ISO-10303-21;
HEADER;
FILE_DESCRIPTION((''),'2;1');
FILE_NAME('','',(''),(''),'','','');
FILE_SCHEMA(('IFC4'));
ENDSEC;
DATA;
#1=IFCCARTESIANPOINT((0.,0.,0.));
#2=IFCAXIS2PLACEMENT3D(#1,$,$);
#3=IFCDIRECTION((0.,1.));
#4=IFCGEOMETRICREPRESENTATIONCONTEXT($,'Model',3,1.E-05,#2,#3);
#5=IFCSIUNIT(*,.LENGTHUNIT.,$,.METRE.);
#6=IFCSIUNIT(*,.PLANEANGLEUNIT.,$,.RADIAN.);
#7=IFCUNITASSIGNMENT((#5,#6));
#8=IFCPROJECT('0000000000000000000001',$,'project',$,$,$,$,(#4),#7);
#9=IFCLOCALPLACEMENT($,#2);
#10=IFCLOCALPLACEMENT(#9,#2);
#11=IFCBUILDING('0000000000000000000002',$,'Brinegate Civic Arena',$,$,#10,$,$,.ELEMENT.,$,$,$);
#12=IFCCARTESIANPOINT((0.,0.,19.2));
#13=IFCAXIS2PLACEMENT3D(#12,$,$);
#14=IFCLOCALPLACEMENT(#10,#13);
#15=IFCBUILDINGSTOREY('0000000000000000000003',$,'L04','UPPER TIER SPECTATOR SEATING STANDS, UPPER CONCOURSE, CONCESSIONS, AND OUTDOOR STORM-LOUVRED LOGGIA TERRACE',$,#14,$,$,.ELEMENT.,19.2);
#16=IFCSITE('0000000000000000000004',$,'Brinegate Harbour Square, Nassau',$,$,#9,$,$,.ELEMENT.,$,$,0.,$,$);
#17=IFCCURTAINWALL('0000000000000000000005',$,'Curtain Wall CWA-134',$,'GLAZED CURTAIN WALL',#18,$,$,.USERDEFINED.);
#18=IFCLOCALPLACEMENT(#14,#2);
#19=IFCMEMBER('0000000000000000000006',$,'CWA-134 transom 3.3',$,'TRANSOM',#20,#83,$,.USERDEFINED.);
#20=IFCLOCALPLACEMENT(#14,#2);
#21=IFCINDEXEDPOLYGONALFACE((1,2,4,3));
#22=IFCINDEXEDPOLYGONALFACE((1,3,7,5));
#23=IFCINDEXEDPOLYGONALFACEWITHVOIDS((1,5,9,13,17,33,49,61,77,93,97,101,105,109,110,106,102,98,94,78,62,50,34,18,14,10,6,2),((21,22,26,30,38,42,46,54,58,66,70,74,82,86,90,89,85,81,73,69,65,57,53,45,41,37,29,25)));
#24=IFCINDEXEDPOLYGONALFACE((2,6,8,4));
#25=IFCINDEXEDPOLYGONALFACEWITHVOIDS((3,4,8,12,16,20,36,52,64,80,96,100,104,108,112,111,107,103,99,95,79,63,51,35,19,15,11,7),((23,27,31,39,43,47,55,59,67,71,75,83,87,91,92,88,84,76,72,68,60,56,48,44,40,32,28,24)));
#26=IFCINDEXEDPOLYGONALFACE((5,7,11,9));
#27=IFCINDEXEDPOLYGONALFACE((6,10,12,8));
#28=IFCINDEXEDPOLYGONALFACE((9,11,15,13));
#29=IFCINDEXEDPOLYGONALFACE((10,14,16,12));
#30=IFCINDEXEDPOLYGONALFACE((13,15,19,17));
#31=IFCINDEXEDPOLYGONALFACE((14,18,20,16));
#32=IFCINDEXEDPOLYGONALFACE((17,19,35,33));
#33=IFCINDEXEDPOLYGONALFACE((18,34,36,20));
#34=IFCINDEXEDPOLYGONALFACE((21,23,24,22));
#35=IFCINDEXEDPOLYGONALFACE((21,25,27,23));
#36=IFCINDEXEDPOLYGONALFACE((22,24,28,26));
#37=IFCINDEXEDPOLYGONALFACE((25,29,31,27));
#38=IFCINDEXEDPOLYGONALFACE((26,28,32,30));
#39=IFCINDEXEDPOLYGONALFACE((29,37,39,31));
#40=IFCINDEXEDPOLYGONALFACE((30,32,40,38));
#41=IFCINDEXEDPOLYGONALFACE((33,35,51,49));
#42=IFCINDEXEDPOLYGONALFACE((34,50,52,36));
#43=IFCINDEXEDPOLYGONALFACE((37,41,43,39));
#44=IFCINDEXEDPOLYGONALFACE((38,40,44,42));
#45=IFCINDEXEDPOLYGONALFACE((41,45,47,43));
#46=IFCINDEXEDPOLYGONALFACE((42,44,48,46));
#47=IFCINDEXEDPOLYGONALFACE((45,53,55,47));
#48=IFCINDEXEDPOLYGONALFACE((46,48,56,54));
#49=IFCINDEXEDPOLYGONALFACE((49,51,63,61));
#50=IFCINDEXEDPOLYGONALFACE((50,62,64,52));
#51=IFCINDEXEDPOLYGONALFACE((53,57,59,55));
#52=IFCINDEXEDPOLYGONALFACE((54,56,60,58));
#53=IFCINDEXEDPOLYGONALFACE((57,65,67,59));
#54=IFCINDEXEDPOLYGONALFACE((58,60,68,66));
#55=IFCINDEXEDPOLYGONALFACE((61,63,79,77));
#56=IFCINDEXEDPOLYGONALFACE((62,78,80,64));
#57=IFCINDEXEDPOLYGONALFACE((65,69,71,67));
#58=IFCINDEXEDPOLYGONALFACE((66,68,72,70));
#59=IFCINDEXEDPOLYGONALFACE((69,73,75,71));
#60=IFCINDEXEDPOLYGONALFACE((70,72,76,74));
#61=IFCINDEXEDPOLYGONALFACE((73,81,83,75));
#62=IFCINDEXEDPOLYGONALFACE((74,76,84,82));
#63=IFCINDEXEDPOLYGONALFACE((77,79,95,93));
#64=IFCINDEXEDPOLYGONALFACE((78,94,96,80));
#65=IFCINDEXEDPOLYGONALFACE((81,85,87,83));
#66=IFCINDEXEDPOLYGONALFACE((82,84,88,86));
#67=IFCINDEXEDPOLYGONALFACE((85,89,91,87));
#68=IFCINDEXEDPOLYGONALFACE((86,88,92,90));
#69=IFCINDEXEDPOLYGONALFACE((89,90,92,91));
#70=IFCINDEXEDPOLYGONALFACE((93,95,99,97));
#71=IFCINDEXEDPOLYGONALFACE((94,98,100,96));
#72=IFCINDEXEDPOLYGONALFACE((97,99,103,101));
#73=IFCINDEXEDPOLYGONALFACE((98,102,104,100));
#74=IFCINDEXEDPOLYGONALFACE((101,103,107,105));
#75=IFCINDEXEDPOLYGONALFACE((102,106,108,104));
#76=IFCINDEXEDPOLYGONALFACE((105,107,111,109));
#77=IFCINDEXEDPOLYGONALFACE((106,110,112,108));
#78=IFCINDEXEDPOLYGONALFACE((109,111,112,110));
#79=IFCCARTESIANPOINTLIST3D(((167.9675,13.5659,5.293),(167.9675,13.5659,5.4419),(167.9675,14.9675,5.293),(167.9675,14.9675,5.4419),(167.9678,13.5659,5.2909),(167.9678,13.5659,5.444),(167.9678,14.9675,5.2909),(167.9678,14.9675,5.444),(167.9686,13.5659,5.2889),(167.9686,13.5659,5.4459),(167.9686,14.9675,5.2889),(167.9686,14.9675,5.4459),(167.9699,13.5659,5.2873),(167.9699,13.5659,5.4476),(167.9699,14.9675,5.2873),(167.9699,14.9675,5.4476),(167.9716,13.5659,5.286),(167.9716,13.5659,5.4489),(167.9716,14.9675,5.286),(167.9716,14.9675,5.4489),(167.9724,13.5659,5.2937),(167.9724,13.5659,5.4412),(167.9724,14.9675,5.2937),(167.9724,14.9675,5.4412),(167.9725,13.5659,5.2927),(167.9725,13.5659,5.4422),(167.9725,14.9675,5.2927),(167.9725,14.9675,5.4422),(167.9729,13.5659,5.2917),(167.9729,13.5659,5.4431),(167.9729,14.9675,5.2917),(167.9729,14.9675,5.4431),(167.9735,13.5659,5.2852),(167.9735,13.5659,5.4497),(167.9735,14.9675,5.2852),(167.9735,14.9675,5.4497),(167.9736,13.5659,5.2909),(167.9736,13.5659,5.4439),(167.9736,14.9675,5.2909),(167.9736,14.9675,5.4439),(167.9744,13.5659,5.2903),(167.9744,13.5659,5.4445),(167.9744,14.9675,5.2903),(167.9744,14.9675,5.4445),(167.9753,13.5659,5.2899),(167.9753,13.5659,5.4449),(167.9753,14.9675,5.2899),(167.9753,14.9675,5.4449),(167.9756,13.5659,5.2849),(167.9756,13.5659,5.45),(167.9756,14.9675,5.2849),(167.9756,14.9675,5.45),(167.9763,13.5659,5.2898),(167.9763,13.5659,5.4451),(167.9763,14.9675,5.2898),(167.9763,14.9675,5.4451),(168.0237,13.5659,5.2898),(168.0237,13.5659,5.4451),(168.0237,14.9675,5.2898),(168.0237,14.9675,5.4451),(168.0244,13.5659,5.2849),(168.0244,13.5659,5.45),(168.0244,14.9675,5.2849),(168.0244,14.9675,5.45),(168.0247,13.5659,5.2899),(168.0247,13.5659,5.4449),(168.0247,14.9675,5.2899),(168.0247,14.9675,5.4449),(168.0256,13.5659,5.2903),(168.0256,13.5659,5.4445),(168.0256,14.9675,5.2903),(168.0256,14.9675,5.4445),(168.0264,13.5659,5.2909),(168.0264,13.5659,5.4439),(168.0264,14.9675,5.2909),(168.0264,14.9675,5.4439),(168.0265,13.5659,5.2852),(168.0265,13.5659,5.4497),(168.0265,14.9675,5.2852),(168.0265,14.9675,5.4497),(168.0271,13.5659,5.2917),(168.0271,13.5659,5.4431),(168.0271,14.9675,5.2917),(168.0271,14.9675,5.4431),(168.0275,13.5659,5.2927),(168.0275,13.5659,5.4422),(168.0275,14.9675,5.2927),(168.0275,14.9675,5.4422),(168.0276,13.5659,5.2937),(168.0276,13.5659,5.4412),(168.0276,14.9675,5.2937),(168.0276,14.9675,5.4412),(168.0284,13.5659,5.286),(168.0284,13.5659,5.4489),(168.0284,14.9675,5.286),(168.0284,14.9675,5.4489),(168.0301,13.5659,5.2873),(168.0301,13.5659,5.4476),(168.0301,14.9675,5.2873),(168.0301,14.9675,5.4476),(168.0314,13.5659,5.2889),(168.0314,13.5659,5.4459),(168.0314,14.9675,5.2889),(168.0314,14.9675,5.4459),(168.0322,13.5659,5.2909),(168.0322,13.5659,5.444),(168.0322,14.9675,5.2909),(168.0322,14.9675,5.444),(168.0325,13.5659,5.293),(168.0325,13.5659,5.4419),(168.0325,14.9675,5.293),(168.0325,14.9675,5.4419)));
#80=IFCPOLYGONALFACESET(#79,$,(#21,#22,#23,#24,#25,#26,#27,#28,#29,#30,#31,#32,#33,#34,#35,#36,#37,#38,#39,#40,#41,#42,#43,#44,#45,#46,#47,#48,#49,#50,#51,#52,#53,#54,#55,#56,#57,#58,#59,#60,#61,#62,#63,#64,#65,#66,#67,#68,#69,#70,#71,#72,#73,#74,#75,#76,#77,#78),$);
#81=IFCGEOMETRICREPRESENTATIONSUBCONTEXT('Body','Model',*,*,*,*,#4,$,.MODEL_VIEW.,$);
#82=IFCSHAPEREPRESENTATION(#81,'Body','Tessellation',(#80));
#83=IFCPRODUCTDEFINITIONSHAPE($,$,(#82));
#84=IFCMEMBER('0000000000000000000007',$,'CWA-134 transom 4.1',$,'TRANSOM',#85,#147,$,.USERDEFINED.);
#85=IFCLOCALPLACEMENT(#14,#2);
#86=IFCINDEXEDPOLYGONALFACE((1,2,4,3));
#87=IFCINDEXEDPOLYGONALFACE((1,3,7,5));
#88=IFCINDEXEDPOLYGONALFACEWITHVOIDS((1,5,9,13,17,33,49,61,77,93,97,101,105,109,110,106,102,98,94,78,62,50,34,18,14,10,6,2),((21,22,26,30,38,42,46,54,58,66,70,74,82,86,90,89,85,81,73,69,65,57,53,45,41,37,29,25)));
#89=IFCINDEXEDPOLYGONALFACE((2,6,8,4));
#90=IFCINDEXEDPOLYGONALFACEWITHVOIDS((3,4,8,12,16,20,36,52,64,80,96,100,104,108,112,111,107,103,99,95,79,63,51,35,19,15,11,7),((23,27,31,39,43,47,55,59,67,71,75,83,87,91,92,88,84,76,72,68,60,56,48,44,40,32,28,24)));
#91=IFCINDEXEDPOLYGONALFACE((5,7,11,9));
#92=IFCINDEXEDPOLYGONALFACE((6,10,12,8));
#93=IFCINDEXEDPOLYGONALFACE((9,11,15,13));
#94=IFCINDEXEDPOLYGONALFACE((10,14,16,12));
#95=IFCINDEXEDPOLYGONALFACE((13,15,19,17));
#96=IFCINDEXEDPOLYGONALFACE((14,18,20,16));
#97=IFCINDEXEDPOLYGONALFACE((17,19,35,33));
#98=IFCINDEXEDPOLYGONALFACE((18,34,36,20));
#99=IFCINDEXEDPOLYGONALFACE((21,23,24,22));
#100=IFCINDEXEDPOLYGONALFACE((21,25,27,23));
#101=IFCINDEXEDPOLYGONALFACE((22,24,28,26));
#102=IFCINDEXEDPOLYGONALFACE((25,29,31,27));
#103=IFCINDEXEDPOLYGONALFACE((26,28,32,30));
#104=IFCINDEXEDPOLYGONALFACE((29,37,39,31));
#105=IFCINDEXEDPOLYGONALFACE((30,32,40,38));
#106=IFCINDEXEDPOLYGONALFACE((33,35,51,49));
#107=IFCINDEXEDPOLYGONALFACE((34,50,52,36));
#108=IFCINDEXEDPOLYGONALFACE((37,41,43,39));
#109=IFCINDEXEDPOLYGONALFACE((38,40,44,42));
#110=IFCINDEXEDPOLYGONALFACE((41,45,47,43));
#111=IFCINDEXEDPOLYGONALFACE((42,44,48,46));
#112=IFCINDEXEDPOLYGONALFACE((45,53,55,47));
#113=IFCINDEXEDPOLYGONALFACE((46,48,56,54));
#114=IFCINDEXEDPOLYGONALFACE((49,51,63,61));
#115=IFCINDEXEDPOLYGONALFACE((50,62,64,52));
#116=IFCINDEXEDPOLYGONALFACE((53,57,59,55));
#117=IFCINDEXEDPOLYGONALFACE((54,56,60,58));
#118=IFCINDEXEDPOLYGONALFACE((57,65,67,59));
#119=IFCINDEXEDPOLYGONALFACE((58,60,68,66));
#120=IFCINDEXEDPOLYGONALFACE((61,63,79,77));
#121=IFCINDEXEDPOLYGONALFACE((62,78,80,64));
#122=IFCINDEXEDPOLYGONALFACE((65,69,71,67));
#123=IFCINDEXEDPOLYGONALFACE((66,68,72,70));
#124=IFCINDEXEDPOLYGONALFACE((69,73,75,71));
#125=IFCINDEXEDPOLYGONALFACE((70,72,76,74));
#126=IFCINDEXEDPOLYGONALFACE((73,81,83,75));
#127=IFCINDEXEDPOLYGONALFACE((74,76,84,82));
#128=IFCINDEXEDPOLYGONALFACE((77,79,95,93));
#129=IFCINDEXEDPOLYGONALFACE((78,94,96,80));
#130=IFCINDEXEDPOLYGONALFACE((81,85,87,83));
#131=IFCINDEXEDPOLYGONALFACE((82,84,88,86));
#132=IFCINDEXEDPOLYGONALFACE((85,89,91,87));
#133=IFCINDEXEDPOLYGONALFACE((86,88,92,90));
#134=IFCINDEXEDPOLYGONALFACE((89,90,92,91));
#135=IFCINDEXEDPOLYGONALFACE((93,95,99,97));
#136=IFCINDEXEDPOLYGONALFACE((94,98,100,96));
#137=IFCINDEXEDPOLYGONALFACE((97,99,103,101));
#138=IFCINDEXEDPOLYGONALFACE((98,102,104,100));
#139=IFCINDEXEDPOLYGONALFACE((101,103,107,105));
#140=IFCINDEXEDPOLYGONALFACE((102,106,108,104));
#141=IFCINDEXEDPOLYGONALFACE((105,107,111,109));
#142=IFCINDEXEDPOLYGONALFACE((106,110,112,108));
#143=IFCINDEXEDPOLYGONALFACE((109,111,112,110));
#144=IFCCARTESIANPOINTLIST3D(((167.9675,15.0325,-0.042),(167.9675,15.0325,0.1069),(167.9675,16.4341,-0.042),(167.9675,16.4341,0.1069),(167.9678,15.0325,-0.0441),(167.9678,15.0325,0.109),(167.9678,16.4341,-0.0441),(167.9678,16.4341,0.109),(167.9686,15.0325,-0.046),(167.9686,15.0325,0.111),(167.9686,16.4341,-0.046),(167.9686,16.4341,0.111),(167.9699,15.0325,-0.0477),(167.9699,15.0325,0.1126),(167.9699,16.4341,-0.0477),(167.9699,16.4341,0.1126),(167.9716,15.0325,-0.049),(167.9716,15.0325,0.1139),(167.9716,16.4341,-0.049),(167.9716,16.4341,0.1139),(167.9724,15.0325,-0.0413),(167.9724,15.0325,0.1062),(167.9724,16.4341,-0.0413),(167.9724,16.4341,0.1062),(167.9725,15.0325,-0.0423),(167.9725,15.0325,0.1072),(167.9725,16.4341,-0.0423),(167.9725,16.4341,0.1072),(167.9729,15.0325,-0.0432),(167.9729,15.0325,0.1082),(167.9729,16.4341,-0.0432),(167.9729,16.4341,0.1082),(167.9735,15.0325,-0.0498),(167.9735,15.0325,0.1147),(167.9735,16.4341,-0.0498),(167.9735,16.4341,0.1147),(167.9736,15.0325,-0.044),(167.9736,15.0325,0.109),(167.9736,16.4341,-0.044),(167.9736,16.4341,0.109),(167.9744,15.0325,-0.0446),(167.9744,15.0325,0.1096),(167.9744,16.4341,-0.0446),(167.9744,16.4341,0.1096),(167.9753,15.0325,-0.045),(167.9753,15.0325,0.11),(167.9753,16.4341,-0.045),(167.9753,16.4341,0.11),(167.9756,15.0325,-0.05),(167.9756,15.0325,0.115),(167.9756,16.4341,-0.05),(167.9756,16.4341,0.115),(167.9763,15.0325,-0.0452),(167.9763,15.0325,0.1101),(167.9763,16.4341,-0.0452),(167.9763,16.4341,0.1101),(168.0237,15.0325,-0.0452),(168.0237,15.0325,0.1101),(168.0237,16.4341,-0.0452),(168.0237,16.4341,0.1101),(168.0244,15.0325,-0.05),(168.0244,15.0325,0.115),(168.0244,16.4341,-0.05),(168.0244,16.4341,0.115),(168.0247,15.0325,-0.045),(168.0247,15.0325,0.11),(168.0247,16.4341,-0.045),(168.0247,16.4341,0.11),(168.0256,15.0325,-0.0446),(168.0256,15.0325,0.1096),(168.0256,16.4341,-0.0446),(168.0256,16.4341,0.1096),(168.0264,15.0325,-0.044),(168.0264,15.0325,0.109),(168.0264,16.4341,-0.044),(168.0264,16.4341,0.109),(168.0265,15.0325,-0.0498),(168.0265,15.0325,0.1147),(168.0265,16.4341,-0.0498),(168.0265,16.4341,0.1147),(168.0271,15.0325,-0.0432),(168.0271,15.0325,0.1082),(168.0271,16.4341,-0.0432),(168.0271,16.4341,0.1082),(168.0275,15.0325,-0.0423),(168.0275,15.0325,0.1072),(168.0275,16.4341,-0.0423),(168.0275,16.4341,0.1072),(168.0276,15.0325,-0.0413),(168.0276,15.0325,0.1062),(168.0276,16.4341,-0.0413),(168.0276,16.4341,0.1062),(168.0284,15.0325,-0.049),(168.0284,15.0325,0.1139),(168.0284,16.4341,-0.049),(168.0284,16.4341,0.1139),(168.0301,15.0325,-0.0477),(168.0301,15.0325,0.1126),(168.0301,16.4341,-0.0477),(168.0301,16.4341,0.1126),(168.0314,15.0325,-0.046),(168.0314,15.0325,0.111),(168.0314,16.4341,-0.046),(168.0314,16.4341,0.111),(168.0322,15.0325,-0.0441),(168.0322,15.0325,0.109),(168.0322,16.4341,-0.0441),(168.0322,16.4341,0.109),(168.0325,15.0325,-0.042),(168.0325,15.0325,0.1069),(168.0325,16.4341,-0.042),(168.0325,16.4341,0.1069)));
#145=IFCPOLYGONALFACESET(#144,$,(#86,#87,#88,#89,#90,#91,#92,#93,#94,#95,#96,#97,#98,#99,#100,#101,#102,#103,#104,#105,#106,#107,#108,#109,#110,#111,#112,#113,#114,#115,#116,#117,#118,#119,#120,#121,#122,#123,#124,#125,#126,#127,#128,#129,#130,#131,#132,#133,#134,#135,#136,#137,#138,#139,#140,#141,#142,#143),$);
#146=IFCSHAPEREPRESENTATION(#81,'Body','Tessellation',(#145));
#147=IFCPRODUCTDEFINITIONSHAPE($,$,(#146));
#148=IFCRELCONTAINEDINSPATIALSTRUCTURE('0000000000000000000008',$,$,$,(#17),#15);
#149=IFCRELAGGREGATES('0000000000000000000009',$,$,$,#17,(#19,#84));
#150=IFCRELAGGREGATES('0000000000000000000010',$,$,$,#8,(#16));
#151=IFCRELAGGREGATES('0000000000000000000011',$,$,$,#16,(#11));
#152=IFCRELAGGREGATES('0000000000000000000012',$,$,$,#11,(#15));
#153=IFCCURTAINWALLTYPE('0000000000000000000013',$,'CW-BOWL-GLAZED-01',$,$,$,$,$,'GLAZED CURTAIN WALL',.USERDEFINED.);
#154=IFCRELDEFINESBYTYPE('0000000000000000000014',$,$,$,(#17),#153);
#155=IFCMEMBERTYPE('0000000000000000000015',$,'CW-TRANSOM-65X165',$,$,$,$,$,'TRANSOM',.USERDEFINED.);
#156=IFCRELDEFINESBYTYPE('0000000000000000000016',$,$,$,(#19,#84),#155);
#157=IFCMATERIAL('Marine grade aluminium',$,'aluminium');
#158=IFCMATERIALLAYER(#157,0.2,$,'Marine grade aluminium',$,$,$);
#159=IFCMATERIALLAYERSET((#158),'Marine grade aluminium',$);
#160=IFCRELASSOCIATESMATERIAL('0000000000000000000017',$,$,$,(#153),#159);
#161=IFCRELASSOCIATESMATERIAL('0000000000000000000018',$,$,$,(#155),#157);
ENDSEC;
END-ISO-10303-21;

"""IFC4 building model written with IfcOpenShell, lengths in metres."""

from ifc_helpers import new_model, si_unit, direction, frame, origin, origin_2d, place, context, subcontext, project, spatial, hollow_rectangle, extrude, material, layer, layer_set, material_profile, profile_set, type_object, element, aggregate, save


model = new_model("IFC4")

# Units and contexts
model_context = context("Model", 3, precision=1e-05, world=origin(), true_north=direction((0.0, 1.0)))
body_context = subcontext(model_context, "Body", "Model", "MODEL_VIEW")
ifc_project = project(units=[si_unit("LENGTHUNIT", "METRE"), si_unit("PLANEANGLEUNIT", "RADIAN")], contexts=[model_context])

# Site, building, storey
site_placement = place(None, origin())
site = spatial("IfcSite", under=ifc_project, at=site_placement, Name="Brinegate Harbour Square, Nassau", CompositionType="ELEMENT", RefElevation=0.0)
building_placement = place(site_placement, origin())
building = spatial("IfcBuilding", under=site, at=building_placement, Name="Brinegate Civic Arena", CompositionType="ELEMENT")
storey_placement = place(building_placement, frame((0.0, 0.0, 19.2)))
storey = spatial("IfcBuildingStorey", under=building, at=storey_placement, Name="L04", Description="UPPER TIER SPECTATOR SEATING STANDS, UPPER CONCOURSE, CONCESSIONS, AND OUTDOOR STORM-LOUVRED LOGGIA TERRACE", CompositionType="ELEMENT", Elevation=19.2)

# Curtain wall, members
ifc_material_1 = material(Name="Marine grade aluminium", Category="aluminium")
ifc_layer_1 = layer(ifc_material_1, 0.2, Name="Marine grade aluminium")
ifc_layer_set_1 = layer_set([ifc_layer_1], Name="Marine grade aluminium")
curtain_wall_type = type_object("IfcCurtainWallType", Name="CW-BOWL-GLAZED-01", ElementType="GLAZED CURTAIN WALL", PredefinedType="USERDEFINED", material=ifc_layer_set_1)
curtain_wall_placement = place(storey_placement, origin())
curtain_wall = element("IfcCurtainWall", 1, at=curtain_wall_placement, inside=storey, type_object=curtain_wall_type, Name="Curtain Wall CWA-134", ObjectType="GLAZED CURTAIN WALL", PredefinedType="USERDEFINED")
ifc_material_profile_1 = material_profile(ifc_material_1, hollow_rectangle(XDim=0.0649, YDim=0.165, WallThickness=0.0049, InnerFilletRadius=0.0039, OuterFilletRadius=0.0081, at=origin_2d()), Name="TRN65X165")
ifc_profile_set_1 = profile_set([ifc_material_profile_1], Name="Marine grade aluminium")
member_type_1 = type_object("IfcMemberType", Name="CW-TRANSOM-65X165", ElementType="TRANSOM", PredefinedType="USERDEFINED", material=ifc_profile_set_1)
member_1_placement = place(storey_placement, frame((168.0, 13.5659, 5.3674), z_axis=(0.0, 1.0, 0.0), x_axis=(-1.0, 0.0, 0.0)))
member_1 = element("IfcMember", 2, at=member_1_placement, type_object=member_type_1, Name="CWA-134 transom 3.3", ObjectType="TRANSOM", PredefinedType="USERDEFINED", context=body_context, shape_type="SweptSolid", body=[
    extrude(hollow_rectangle(XDim=0.0649, YDim=0.165, WallThickness=0.0049, InnerFilletRadius=0.0039, OuterFilletRadius=0.0081, at=origin_2d()), origin(), (0.0, 0.0, 1.0), 1.4016),
])
member_2_placement = place(storey_placement, frame((168.0, 15.0325, 0.0325), z_axis=(0.0, 1.0, 0.0), x_axis=(-1.0, 0.0, 0.0)))
member_2 = element("IfcMember", 3, at=member_2_placement, type_object=member_type_1, Name="CWA-134 transom 4.1", ObjectType="TRANSOM", PredefinedType="USERDEFINED", context=body_context, shape_type="SweptSolid", body=[
    extrude(hollow_rectangle(XDim=0.0649, YDim=0.165, WallThickness=0.0049, InnerFilletRadius=0.0039, OuterFilletRadius=0.0081, at=origin_2d()), origin(), (0.0, 0.0, 1.0), 1.4016),
])
aggregate(curtain_wall, [member_1, member_2])

save(model, "model.ifc")
